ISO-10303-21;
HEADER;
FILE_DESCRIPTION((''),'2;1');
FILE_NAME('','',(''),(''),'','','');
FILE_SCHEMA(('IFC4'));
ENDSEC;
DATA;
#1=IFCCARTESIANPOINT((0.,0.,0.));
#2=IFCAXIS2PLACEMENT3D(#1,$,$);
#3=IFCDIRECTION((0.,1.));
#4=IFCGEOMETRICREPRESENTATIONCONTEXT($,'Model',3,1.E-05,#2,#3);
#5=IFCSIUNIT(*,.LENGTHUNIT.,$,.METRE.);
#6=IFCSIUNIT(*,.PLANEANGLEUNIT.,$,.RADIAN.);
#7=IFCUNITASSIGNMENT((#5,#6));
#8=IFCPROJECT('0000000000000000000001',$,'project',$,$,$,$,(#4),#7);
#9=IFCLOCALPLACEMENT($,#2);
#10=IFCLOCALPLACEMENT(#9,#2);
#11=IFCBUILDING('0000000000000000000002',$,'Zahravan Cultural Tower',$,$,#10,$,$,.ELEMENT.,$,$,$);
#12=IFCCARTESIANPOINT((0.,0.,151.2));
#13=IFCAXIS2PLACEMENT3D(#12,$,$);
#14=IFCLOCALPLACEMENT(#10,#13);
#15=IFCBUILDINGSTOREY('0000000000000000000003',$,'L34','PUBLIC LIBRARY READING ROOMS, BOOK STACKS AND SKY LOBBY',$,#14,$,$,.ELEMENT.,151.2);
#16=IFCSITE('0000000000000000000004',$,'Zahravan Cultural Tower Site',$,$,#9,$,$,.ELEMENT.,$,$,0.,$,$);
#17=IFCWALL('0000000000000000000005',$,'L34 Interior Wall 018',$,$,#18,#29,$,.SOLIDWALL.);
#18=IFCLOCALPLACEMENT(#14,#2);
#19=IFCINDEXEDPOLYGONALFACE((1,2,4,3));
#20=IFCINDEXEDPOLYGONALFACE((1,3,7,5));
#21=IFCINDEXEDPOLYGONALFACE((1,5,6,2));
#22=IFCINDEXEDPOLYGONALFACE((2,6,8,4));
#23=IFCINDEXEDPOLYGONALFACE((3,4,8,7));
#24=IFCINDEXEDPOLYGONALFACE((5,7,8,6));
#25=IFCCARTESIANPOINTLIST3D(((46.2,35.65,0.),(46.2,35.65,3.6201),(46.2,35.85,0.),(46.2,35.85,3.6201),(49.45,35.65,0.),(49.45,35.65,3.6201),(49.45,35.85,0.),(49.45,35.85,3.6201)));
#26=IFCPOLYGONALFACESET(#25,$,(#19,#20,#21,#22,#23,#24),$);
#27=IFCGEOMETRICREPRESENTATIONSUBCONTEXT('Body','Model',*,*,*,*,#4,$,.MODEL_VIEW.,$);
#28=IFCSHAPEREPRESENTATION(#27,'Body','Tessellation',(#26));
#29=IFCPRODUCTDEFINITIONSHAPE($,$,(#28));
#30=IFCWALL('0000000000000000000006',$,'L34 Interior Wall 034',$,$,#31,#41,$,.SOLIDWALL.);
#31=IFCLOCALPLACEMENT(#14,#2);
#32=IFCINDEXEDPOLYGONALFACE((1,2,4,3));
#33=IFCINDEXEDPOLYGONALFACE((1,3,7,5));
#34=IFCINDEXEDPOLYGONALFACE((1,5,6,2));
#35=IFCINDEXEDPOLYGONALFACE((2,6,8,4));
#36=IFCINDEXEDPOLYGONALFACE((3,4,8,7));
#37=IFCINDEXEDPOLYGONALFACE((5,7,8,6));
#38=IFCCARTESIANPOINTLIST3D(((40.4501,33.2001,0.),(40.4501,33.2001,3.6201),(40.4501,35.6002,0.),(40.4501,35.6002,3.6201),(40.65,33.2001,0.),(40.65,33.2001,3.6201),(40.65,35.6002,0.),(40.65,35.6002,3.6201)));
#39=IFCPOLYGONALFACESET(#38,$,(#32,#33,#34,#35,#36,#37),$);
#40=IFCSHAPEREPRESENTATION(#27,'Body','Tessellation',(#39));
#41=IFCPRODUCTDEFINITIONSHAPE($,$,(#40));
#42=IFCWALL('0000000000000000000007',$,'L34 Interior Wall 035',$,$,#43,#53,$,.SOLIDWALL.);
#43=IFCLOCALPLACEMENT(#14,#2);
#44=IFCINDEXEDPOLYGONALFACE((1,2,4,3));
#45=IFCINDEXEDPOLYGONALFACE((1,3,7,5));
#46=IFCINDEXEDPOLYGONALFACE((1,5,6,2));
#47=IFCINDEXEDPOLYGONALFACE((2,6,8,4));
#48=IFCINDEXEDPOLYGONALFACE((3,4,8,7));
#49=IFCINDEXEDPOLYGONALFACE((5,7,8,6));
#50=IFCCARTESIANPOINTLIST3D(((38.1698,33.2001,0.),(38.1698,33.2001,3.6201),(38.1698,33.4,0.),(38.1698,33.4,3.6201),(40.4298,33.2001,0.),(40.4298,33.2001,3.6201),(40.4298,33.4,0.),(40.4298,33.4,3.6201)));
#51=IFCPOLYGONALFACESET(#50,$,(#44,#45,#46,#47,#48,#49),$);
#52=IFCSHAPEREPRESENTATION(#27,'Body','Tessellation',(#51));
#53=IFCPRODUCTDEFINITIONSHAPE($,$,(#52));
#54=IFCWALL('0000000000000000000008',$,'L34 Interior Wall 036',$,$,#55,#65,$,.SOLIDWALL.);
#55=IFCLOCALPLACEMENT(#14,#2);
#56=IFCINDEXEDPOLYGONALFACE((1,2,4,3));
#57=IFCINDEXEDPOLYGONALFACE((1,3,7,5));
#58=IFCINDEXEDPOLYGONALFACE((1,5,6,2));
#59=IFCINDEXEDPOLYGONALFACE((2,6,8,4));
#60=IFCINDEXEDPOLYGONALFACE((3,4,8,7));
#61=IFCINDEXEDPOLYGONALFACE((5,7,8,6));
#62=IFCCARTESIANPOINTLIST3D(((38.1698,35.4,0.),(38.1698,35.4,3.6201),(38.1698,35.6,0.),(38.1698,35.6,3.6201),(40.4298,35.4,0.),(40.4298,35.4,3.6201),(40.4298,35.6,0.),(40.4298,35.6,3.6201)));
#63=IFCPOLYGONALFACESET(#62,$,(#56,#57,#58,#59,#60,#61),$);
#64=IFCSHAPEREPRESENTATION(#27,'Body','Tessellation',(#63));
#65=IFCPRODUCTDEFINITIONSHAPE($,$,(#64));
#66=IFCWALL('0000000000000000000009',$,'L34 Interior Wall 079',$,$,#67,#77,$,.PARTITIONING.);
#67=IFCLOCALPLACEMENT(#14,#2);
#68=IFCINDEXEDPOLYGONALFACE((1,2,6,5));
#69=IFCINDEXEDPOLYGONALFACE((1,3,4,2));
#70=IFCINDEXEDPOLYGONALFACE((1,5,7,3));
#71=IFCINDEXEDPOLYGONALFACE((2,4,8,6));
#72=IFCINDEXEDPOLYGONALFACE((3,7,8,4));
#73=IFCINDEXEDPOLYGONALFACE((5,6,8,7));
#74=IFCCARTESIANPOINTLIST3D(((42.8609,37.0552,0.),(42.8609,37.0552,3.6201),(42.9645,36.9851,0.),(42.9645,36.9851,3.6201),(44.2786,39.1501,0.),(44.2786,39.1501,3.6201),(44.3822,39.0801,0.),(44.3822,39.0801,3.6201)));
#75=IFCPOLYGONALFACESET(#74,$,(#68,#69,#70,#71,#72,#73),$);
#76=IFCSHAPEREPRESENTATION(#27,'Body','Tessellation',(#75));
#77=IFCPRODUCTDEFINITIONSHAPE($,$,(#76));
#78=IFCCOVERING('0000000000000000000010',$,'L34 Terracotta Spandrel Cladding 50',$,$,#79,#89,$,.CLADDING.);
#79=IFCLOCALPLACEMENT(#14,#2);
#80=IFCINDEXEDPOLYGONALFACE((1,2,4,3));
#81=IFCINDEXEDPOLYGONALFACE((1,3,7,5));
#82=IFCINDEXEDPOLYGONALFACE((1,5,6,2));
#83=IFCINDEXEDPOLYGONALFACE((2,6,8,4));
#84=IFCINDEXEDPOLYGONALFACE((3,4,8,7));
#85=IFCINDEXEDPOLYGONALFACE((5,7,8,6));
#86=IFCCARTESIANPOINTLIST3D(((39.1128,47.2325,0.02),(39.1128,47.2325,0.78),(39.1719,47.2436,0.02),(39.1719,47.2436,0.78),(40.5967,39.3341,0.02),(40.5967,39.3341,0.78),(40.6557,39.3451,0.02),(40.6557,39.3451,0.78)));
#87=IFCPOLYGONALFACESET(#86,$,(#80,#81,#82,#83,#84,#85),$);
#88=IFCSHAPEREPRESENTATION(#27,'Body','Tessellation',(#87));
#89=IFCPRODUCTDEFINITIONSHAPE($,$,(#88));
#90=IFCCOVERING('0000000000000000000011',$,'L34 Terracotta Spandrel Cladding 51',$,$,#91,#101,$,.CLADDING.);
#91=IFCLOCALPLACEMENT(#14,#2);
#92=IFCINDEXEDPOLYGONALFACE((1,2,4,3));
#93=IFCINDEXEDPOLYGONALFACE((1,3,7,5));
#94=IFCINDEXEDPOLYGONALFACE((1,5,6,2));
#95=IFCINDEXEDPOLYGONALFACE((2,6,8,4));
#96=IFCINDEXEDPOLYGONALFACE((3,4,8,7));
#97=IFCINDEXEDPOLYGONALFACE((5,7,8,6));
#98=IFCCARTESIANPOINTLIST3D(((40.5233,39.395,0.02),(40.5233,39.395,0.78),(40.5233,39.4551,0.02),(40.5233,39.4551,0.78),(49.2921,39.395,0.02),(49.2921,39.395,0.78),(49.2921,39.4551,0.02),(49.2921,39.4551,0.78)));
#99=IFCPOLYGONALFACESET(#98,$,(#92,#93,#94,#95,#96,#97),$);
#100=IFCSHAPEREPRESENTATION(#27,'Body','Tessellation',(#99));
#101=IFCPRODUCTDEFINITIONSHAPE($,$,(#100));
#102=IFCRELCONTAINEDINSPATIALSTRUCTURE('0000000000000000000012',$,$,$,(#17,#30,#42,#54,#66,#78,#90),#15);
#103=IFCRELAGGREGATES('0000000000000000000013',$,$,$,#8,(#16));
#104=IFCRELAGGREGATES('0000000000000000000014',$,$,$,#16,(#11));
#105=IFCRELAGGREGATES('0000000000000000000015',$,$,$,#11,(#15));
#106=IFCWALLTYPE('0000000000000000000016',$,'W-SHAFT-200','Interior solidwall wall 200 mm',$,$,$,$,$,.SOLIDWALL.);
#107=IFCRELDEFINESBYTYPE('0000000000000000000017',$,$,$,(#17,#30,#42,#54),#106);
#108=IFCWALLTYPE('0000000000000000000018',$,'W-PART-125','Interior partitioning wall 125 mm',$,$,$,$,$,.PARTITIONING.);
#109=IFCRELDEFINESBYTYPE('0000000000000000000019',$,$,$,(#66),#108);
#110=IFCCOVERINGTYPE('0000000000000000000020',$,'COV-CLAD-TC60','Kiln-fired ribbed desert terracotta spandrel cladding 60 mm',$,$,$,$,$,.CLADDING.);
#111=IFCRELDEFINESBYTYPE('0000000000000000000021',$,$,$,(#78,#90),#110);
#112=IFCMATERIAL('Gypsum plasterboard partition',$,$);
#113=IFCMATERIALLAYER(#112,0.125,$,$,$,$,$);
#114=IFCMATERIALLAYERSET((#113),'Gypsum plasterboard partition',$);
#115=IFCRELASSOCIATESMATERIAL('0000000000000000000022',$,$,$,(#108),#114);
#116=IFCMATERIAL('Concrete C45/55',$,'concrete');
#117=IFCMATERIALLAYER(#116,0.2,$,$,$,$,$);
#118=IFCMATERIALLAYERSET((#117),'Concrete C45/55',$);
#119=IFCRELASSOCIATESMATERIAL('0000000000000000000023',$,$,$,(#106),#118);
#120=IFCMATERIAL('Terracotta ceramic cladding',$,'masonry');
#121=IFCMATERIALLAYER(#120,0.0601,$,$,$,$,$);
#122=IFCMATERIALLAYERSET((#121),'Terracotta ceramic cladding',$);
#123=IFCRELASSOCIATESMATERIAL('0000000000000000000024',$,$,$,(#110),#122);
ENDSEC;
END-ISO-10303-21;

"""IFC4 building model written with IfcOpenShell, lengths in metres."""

from ifc_helpers import new_model, si_unit, direction, frame, frame_2d, origin, origin_2d, place, context, subcontext, project, spatial, rectangle, extrude, source, transform, mapped, material, layer, layer_set, type_object, element, save


model = new_model("IFC4")

# Units and contexts
model_context = context("Model", 3, precision=1e-05, world=origin(), true_north=direction((0.0, 1.0)))
body_context = subcontext(model_context, "Body", "Model", "MODEL_VIEW")
ifc_project = project(units=[si_unit("LENGTHUNIT", "METRE"), si_unit("PLANEANGLEUNIT", "RADIAN")], contexts=[model_context])

# Site, building, storey
site_placement = place(None, origin())
site = spatial("IfcSite", under=ifc_project, at=site_placement, Name="Zahravan Cultural Tower Site", CompositionType="ELEMENT", RefElevation=0.0)
building_placement = place(site_placement, origin())
building = spatial("IfcBuilding", under=site, at=building_placement, Name="Zahravan Cultural Tower", CompositionType="ELEMENT")
storey_placement = place(building_placement, frame((0.0, 0.0, 151.2)))
storey = spatial("IfcBuildingStorey", under=building, at=storey_placement, Name="L34", Description="PUBLIC LIBRARY READING ROOMS, BOOK STACKS AND SKY LOBBY", CompositionType="ELEMENT", Elevation=151.2)

# Shared definitions
ifc_material_1 = material(Name="Gypsum plasterboard partition")
ifc_layer_1 = layer(ifc_material_1, 0.125)
ifc_layer_set_1 = layer_set([ifc_layer_1], Name="Gypsum plasterboard partition")
wall_type_1 = type_object("IfcWallType", Name="W-PART-125", Description="Interior partitioning wall 125 mm", PredefinedType="PARTITIONING", material=ifc_layer_set_1)
ifc_material_2 = material(Name="Concrete C45/55", Category="concrete")
ifc_layer_2 = layer(ifc_material_2, 0.2)
ifc_layer_set_2 = layer_set([ifc_layer_2], Name="Concrete C45/55")
wall_type_2 = type_object("IfcWallType", Name="W-SHAFT-200", Description="Interior solidwall wall 200 mm", PredefinedType="SOLIDWALL", material=ifc_layer_set_2)

# Walls
shared_shape_1 = source(origin(), body_context, "Body", "SweptSolid", [
    extrude(rectangle(XDim=3.25, YDim=0.2, at=frame_2d((1.625, 0.0))), origin(), (0.0, 0.0, 1.0), 3.6201),
])
wall_1_placement = place(storey_placement, frame((46.2, 35.75, 0.0), z_axis=(0.0, 0.0, 1.0), x_axis=(1.0, 0.0, 0.0)))
element("IfcWall", 1, at=wall_1_placement, inside=storey, type_object=wall_type_2, Name="L34 Interior Wall 018", PredefinedType="SOLIDWALL", context=body_context, shape_type="MappedRepresentation", body=[
    mapped(shared_shape_1, transform((0.0, 0.0, 0.0), x_axis=(1.0, 0.0, 0.0), y_axis=(0.0, 1.0, 0.0), z_axis=(0.0, 0.0, 1.0), scale=1.0)),
])
shared_shape_2 = source(origin(), body_context, "Body", "SweptSolid", [
    extrude(rectangle(XDim=2.4001, YDim=0.2, at=frame_2d((1.2002, 0.0))), origin(), (0.0, 0.0, 1.0), 3.6201),
])
wall_2_placement = place(storey_placement, frame((40.55, 33.2, 0.0), z_axis=(0.0, 0.0, 1.0), x_axis=(0.0, 1.0, 0.0)))
element("IfcWall", 2, at=wall_2_placement, inside=storey, type_object=wall_type_2, Name="L34 Interior Wall 034", PredefinedType="SOLIDWALL", context=body_context, shape_type="MappedRepresentation", body=[
    mapped(shared_shape_2, transform((0.0, 0.0, 0.0), x_axis=(1.0, 0.0, 0.0), y_axis=(0.0, 1.0, 0.0), z_axis=(0.0, 0.0, 1.0), scale=1.0)),
])
shared_shape_3 = source(origin(), body_context, "Body", "SweptSolid", [
    extrude(rectangle(XDim=2.26, YDim=0.2, at=frame_2d((1.1299, 0.0))), origin(), (0.0, 0.0, 1.0), 3.6201),
])
for number, where, z_axis, x_axis, name in (
    (3, (38.1699, 33.3, 0.0), (0.0, 0.0, 1.0), (1.0, 0.0, 0.0), "L34 Interior Wall 035"),
    (4, (38.1699, 35.5, 0.0), (0.0, 0.0, 1.0), (1.0, 0.0, 0.0), "L34 Interior Wall 036"),
):
    element("IfcWall", number, at=place(storey_placement, frame(where, z_axis=z_axis, x_axis=x_axis)), inside=storey, type_object=wall_type_2, Name=name, PredefinedType="SOLIDWALL", context=body_context, shape_type="MappedRepresentation", body=[
        mapped(shared_shape_3, transform((0.0, 0.0, 0.0), x_axis=(1.0, 0.0, 0.0), y_axis=(0.0, 1.0, 0.0), z_axis=(0.0, 0.0, 1.0), scale=1.0)),
    ])
shared_shape_4 = source(origin(), body_context, "Body", "SweptSolid", [
    extrude(rectangle(XDim=2.5295, YDim=0.125, at=frame_2d((1.2646, 0.0))), origin(), (0.0, 0.0, 1.0), 3.6201),
])
wall_3_placement = place(storey_placement, frame((44.3303, 39.115, 0.0), z_axis=(0.0, 0.0, 1.0), x_axis=(-0.560455, -0.828185, 0.0)))
element("IfcWall", 5, at=wall_3_placement, inside=storey, type_object=wall_type_1, Name="L34 Interior Wall 079", PredefinedType="PARTITIONING", context=body_context, shape_type="MappedRepresentation", body=[
    mapped(shared_shape_4, transform((0.0, 0.0, 0.0), x_axis=(1.0, 0.0, 0.0), y_axis=(0.0, 1.0, 0.0), z_axis=(0.0, 0.0, 1.0), scale=1.0)),
])

# Coverings
ifc_material_3 = material(Name="Terracotta ceramic cladding", Category="masonry")
ifc_layer_3 = layer(ifc_material_3, 0.0601)
ifc_layer_set_3 = layer_set([ifc_layer_3], Name="Terracotta ceramic cladding")
covering_type = type_object("IfcCoveringType", Name="COV-CLAD-TC60", Description="Kiln-fired ribbed desert terracotta spandrel cladding 60 mm", PredefinedType="CLADDING", material=ifc_layer_set_3)
shared_shape_5 = source(origin(), body_context, "Body", "SweptSolid", [
    extrude(rectangle(XDim=8.0366, YDim=0.0601, at=origin_2d()), origin(), (0.0, 0.0, 1.0), 0.76),
])
covering_1_placement = place(storey_placement, frame((39.8843, 43.2888, 0.02), z_axis=(0.0, 0.0, 1.0), x_axis=(0.184638, -0.982807, 0.0)))
element("IfcCovering", 6, at=covering_1_placement, inside=storey, type_object=covering_type, Name="L34 Terracotta Spandrel Cladding 50", PredefinedType="CLADDING", context=body_context, shape_type="MappedRepresentation", body=[
    mapped(shared_shape_5, transform((0.0, 0.0, 0.0), x_axis=(1.0, 0.0, 0.0), y_axis=(0.0, 1.0, 0.0), z_axis=(0.0, 0.0, 1.0), scale=1.0)),
])
shared_shape_6 = source(origin(), body_context, "Body", "SweptSolid", [
    extrude(rectangle(XDim=8.7688, YDim=0.0601, at=origin_2d()), origin(), (0.0, 0.0, 1.0), 0.76),
])
covering_2_placement = place(storey_placement, frame((44.9077, 39.425, 0.02), z_axis=(0.0, 0.0, 1.0), x_axis=(1.0, 0.0, 0.0)))
element("IfcCovering", 7, at=covering_2_placement, inside=storey, type_object=covering_type, Name="L34 Terracotta Spandrel Cladding 51", PredefinedType="CLADDING", context=body_context, shape_type="MappedRepresentation", body=[
    mapped(shared_shape_6, transform((0.0, 0.0, 0.0), x_axis=(1.0, 0.0, 0.0), y_axis=(0.0, 1.0, 0.0), z_axis=(0.0, 0.0, 1.0), scale=1.0)),
])

save(model, "model.ifc")
